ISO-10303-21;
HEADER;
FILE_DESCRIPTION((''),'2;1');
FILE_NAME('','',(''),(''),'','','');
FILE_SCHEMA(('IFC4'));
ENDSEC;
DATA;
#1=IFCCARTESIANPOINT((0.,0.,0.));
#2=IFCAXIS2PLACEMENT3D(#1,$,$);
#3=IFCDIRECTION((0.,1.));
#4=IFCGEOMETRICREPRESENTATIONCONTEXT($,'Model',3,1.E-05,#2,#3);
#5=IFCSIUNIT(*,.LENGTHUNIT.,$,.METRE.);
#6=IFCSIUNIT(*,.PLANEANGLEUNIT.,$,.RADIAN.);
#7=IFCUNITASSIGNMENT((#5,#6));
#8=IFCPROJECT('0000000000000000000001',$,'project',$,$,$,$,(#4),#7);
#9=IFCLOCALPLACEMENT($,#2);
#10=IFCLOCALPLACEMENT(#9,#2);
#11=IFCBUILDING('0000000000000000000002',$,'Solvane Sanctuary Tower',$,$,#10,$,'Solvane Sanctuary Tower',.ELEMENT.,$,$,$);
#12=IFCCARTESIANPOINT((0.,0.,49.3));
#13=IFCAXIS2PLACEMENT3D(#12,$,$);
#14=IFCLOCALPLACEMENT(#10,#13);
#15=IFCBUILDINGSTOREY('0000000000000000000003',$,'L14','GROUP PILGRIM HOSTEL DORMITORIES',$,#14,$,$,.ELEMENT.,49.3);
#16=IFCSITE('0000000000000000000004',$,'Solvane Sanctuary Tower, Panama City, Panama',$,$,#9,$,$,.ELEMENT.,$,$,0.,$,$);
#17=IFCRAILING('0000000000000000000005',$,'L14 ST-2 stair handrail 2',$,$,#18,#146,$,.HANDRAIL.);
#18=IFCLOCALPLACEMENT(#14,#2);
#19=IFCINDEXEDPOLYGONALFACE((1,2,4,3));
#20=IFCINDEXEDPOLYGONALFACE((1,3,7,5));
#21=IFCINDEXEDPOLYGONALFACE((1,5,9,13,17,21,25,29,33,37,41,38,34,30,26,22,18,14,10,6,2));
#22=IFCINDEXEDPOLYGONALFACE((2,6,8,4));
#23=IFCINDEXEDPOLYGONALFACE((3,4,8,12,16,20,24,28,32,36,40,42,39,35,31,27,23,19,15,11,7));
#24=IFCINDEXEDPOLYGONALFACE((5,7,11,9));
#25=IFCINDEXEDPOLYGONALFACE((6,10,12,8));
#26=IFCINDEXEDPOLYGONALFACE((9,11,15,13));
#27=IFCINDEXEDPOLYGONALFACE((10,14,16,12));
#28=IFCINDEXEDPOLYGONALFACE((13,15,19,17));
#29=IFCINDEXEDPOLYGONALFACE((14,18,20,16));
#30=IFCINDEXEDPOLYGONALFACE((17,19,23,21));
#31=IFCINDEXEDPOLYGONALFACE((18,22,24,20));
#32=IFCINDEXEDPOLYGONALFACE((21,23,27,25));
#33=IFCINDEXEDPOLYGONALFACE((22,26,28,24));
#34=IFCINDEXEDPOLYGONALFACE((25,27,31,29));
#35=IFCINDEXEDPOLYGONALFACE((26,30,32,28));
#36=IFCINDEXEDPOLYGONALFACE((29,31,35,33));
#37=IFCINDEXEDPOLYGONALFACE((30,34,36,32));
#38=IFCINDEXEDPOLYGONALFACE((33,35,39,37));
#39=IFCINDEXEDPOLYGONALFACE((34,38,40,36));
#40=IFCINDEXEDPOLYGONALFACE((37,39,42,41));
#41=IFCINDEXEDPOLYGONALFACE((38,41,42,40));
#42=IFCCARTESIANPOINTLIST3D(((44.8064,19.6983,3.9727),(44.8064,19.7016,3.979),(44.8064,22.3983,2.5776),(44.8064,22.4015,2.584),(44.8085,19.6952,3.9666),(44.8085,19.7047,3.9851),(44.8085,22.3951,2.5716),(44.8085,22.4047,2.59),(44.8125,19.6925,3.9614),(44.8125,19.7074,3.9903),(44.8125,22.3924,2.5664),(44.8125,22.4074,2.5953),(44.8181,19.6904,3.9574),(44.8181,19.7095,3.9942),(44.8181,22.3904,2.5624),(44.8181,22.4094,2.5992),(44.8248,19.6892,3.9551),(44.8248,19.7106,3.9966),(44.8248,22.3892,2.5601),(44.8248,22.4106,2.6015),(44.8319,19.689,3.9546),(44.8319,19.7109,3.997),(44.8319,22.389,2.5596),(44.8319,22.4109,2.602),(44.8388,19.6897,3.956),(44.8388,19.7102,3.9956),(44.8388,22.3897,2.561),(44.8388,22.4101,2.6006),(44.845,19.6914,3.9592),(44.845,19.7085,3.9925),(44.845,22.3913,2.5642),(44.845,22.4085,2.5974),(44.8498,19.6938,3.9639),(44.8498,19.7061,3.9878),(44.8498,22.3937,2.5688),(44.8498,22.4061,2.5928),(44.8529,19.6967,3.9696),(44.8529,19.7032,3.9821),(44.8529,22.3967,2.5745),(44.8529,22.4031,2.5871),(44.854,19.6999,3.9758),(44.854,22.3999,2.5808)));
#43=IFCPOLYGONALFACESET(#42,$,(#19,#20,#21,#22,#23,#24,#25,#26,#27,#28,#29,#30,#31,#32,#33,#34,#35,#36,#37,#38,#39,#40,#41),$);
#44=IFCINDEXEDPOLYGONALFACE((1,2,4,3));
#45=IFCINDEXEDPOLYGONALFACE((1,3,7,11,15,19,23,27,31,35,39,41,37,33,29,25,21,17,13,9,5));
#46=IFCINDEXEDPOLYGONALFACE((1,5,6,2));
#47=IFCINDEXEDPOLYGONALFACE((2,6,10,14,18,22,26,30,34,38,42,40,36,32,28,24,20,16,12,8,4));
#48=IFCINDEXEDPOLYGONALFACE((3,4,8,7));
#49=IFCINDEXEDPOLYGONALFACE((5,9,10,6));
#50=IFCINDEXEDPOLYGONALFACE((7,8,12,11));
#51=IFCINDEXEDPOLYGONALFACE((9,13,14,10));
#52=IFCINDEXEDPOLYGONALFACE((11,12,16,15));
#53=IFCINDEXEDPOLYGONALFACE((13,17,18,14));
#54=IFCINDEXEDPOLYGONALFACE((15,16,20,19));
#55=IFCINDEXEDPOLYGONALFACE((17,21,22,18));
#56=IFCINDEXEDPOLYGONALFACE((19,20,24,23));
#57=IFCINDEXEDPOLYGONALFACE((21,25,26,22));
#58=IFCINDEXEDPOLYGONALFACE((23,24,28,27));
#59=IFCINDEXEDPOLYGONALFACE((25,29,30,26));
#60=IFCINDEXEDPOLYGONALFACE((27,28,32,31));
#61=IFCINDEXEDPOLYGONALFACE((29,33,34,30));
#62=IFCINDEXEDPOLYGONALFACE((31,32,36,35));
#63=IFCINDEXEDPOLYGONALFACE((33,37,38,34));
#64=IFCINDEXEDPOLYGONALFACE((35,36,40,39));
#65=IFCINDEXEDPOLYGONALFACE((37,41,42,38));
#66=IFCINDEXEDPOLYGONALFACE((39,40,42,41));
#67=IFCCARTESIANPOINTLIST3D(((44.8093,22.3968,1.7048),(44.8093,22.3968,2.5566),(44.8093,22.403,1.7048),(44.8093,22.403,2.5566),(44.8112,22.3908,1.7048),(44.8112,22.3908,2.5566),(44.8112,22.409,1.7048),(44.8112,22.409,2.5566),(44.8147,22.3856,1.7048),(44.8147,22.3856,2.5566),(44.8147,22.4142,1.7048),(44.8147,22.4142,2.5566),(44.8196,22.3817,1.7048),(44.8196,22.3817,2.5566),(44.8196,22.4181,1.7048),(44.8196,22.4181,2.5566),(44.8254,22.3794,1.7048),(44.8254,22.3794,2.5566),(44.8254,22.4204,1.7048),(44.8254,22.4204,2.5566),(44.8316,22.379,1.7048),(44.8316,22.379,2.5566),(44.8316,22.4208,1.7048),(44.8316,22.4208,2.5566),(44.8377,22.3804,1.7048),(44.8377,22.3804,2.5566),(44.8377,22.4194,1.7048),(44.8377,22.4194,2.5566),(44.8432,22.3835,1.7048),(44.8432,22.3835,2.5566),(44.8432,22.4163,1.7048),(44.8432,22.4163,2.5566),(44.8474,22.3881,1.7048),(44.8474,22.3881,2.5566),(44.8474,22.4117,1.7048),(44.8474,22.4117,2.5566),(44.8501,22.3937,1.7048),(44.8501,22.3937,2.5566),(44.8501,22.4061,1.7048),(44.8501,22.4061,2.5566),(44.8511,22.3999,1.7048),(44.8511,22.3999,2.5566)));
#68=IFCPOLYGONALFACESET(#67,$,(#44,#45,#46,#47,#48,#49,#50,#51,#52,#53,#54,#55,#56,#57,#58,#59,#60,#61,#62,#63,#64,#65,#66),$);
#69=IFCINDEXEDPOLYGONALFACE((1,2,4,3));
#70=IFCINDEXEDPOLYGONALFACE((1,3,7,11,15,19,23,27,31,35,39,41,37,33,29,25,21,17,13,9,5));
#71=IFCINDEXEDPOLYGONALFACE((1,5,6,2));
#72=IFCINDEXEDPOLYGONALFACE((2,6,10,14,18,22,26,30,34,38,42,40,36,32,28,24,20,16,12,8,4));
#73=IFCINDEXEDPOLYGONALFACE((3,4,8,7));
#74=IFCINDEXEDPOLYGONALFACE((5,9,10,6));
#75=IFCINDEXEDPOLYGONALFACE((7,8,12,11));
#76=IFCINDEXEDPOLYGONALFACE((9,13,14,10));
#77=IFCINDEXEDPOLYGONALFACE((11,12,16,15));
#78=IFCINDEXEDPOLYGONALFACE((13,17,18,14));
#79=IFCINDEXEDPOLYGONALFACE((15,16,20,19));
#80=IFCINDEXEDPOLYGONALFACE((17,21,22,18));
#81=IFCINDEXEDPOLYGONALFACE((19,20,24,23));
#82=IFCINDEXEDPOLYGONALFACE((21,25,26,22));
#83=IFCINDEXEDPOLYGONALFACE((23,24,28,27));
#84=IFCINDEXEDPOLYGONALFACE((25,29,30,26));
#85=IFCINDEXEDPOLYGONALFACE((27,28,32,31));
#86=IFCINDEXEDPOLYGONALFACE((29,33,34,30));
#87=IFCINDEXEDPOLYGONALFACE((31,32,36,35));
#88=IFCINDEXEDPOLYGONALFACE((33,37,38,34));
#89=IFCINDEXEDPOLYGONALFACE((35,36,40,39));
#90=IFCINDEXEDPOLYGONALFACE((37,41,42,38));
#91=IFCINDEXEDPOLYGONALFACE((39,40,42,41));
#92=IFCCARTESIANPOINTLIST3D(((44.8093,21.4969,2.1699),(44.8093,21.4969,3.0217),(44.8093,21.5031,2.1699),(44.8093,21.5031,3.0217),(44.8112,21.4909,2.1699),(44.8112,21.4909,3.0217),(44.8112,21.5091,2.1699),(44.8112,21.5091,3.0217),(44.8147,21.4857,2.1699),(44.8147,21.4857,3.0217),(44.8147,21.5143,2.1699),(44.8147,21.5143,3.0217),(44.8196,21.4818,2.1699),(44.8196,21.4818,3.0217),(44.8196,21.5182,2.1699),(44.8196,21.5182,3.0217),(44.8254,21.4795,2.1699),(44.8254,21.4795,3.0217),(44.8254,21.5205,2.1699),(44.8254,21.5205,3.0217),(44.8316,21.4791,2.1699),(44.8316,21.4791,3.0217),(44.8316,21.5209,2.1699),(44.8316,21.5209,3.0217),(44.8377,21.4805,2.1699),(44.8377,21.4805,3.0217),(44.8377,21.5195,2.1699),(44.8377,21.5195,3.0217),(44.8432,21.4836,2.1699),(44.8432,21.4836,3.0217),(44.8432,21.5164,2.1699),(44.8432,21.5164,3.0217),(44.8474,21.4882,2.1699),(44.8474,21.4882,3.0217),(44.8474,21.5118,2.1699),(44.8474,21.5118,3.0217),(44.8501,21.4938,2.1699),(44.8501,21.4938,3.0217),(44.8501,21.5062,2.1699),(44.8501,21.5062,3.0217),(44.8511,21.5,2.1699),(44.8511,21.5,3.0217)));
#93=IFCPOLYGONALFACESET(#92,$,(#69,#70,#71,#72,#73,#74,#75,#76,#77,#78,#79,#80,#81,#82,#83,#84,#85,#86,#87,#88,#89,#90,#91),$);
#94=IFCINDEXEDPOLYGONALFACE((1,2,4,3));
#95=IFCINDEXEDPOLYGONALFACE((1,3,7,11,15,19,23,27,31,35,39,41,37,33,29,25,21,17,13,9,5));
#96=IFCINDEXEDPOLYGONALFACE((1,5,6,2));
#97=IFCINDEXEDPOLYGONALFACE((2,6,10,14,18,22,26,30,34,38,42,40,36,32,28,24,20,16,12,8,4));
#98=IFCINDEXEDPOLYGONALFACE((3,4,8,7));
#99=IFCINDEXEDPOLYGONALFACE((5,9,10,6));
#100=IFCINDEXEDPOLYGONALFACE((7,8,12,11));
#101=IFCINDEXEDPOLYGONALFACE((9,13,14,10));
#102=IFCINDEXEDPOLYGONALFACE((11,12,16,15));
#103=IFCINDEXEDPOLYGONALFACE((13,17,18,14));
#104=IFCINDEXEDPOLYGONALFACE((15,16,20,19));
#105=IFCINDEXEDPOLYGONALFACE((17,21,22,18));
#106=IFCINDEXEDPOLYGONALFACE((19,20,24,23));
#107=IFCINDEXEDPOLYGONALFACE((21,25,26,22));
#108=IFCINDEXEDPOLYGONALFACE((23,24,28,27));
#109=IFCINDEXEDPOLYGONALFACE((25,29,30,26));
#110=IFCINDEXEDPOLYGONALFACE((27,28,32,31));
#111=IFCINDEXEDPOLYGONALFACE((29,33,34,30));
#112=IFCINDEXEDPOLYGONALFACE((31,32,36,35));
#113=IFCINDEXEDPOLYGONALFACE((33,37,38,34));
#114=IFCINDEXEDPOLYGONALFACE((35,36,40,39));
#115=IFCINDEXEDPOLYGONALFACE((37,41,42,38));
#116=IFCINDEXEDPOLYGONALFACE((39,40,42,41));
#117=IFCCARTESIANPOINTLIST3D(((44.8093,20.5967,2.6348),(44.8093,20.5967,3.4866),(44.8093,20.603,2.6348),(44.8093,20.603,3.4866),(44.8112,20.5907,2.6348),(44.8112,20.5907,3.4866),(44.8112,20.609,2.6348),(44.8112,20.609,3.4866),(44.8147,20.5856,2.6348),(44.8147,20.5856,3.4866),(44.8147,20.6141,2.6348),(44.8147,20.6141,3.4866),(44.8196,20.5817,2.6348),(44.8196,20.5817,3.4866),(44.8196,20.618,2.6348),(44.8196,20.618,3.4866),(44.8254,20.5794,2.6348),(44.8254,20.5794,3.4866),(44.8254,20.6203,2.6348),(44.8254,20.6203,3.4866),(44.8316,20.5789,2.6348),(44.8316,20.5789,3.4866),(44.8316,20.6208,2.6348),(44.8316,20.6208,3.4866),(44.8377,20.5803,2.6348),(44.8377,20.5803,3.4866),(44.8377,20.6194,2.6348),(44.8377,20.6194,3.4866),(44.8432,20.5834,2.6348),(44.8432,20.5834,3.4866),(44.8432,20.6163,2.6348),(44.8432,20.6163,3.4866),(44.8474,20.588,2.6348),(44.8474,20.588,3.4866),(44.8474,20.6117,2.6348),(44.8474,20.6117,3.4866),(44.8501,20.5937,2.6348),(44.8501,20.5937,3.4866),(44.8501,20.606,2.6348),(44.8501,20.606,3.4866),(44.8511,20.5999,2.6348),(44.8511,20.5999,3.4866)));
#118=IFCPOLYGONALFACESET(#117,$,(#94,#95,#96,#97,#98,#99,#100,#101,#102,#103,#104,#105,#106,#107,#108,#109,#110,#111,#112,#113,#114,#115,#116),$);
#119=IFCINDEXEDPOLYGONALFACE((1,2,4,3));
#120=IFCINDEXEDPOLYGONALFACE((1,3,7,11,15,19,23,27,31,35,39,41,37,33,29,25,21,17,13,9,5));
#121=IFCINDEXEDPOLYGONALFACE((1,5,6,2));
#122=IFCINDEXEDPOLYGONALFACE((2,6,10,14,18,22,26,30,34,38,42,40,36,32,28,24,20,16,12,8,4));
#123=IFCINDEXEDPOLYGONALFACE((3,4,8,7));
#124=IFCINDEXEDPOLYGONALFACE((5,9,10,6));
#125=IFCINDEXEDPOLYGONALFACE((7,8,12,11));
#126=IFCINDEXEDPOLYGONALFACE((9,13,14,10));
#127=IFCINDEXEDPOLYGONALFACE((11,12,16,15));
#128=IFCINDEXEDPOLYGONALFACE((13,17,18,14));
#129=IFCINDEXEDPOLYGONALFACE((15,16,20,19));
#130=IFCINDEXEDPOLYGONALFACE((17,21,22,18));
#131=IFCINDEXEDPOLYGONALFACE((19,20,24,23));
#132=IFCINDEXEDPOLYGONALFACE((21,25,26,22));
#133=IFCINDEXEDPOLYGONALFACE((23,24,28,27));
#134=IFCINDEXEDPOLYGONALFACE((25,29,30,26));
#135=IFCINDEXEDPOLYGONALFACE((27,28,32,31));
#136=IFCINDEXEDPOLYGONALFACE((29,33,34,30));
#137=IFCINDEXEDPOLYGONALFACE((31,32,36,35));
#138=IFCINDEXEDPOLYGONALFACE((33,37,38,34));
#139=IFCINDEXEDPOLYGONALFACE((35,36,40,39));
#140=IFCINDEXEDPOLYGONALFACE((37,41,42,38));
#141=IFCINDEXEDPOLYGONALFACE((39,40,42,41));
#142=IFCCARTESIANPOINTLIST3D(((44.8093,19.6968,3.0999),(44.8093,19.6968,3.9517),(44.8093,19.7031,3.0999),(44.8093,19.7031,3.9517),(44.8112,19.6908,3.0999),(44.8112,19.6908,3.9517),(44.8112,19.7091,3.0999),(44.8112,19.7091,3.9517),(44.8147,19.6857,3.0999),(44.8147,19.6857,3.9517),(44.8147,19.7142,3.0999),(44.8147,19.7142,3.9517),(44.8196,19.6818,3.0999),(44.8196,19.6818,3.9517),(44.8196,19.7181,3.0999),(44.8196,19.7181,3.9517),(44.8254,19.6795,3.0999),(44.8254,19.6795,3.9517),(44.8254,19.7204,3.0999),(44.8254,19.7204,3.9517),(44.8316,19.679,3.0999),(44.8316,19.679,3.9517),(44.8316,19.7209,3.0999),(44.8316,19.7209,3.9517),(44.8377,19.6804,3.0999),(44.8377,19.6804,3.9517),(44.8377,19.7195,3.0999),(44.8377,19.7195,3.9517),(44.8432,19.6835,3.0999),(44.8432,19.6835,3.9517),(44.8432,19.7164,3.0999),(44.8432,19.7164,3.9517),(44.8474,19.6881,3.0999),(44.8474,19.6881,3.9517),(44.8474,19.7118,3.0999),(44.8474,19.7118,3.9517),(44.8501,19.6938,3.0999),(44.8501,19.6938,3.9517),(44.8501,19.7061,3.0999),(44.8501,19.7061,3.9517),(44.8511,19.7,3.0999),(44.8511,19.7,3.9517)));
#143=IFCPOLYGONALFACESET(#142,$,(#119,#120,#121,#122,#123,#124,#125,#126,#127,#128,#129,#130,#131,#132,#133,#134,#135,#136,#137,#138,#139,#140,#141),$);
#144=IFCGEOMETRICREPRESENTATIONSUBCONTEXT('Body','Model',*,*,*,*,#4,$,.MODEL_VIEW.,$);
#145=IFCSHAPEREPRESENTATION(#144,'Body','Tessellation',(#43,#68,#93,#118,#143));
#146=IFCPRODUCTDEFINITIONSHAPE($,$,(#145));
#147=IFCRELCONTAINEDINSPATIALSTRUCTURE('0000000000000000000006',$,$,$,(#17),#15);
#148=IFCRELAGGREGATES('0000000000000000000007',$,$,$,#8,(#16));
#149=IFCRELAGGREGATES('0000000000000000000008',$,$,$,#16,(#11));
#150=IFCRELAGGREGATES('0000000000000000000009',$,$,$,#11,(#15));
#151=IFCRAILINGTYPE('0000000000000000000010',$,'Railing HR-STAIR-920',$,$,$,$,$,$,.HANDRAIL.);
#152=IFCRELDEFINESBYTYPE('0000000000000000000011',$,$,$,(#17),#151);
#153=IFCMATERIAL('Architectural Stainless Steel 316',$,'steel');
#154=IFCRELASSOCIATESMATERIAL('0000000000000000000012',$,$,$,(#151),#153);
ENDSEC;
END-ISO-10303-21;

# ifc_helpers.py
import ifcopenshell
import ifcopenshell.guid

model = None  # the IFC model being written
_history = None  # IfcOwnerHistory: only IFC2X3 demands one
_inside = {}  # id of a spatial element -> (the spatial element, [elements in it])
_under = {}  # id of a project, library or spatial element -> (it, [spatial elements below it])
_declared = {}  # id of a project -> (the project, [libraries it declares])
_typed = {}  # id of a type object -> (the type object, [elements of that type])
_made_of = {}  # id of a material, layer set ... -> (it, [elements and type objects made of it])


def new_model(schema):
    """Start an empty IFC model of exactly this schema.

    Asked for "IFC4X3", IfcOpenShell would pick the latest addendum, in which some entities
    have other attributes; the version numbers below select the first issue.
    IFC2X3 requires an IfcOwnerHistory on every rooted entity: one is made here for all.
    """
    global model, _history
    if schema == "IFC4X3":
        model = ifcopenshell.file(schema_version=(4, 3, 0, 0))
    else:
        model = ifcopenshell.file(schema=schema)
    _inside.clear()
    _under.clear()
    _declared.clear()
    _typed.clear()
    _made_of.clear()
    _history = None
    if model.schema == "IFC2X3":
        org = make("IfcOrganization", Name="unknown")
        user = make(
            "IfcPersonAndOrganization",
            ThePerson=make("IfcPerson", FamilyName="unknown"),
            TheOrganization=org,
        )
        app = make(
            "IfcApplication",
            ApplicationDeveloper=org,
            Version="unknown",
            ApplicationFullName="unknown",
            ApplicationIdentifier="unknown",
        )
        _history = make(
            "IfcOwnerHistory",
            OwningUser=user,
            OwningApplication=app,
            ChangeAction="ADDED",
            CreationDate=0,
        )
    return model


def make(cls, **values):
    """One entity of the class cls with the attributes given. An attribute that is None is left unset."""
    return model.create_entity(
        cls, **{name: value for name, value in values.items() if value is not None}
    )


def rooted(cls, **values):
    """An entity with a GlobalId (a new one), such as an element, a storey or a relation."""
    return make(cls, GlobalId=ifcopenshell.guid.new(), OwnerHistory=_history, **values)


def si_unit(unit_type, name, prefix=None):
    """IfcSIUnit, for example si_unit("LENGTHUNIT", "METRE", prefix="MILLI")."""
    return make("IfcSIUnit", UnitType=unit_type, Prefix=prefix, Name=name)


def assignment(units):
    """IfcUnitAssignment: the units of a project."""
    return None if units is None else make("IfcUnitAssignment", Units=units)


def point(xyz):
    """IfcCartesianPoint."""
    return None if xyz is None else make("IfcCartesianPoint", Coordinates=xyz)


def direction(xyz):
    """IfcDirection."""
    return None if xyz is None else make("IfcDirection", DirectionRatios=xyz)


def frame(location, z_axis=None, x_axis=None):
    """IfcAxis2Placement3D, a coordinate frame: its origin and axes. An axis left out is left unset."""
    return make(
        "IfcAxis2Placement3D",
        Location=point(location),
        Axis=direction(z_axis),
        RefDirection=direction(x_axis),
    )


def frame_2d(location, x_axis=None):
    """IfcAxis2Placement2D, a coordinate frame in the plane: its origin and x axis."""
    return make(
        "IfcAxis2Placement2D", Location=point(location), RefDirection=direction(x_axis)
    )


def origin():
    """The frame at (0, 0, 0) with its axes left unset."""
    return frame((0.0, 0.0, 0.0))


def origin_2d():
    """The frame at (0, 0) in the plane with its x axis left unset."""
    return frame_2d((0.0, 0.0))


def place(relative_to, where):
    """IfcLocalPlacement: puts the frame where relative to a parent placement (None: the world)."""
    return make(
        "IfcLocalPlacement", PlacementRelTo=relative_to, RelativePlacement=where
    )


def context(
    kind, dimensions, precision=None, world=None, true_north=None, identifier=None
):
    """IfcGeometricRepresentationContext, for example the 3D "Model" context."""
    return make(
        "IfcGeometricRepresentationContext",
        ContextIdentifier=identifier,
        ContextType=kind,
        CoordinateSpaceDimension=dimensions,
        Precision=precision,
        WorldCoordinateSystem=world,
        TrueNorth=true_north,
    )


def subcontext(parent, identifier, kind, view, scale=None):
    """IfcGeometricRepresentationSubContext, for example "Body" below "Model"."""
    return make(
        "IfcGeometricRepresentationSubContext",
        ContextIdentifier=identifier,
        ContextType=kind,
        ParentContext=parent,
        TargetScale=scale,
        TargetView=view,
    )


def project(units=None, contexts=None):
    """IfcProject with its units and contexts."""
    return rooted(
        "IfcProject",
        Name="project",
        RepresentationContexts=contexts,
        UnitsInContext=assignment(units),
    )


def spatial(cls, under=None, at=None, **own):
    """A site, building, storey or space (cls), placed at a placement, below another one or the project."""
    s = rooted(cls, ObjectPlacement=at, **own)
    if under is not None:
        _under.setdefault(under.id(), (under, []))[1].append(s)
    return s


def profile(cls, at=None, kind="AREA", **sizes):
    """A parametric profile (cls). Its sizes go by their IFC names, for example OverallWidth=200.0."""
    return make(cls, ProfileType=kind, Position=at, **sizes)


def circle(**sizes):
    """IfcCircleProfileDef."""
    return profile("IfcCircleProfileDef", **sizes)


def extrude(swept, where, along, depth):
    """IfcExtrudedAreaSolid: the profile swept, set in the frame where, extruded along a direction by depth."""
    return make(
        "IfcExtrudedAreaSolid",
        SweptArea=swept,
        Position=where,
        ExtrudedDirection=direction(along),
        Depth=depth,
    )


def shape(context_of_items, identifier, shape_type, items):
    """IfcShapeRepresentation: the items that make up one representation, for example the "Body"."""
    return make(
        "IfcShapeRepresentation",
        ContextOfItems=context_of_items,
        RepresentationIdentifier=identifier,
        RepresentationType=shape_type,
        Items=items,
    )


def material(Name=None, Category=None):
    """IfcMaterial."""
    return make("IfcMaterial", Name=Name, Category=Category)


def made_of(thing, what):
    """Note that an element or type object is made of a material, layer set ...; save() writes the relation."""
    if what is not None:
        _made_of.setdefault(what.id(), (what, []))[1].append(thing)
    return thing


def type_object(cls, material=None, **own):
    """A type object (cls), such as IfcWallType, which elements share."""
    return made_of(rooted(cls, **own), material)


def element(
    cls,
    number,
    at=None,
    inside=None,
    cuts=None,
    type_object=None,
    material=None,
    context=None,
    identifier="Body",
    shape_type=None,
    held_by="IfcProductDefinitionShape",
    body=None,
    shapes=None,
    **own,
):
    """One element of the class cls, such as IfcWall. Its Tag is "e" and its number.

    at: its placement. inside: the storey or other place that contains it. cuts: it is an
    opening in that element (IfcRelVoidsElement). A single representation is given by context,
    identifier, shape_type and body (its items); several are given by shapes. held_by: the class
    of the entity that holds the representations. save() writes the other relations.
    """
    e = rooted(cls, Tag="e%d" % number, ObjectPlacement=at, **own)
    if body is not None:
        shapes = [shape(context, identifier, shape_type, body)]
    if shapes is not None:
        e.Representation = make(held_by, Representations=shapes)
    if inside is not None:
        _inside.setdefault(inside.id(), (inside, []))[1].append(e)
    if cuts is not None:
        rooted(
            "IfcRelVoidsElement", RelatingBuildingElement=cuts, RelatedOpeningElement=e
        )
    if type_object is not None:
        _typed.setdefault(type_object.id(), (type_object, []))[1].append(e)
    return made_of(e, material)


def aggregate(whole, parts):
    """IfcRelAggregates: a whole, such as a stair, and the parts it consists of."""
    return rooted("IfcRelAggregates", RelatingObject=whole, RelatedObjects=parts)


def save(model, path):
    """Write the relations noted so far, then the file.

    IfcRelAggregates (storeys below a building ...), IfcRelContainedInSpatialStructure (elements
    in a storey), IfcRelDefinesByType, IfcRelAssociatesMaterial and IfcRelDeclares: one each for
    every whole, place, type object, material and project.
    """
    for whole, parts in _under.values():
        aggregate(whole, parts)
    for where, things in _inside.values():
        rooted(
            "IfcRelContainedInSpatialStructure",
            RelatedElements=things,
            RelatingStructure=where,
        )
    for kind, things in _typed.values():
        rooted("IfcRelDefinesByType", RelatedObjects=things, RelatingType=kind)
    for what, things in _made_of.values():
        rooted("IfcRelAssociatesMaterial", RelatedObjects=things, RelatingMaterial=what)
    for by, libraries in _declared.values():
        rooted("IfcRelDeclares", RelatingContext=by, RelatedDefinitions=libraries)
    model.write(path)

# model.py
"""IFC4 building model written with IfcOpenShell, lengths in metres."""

from ifc_helpers import new_model, si_unit, direction, frame, origin, origin_2d, place, context, subcontext, project, spatial, circle, extrude, material, type_object, element, save


model = new_model("IFC4")

# Units and contexts
model_context = context("Model", 3, precision=1e-05, world=origin(), true_north=direction((0.0, 1.0)))
body_context = subcontext(model_context, "Body", "Model", "MODEL_VIEW")
ifc_project = project(units=[si_unit("LENGTHUNIT", "METRE"), si_unit("PLANEANGLEUNIT", "RADIAN")], contexts=[model_context])

# Site, building, storey
site_placement = place(None, origin())
site = spatial("IfcSite", under=ifc_project, at=site_placement, Name="Solvane Sanctuary Tower, Panama City, Panama", CompositionType="ELEMENT", RefElevation=0.0)
building_placement = place(site_placement, origin())
building = spatial("IfcBuilding", under=site, at=building_placement, Name="Solvane Sanctuary Tower", LongName="Solvane Sanctuary Tower", CompositionType="ELEMENT")
storey_placement = place(building_placement, frame((0.0, 0.0, 49.3)))
storey = spatial("IfcBuildingStorey", under=building, at=storey_placement, Name="L14", Description="GROUP PILGRIM HOSTEL DORMITORIES", CompositionType="ELEMENT", Elevation=49.3)

# Shared definitions
ifc_material_1 = material(Name="Architectural Stainless Steel 316", Category="steel")

# Railing
railing_type_1 = type_object("IfcRailingType", Name="Railing HR-STAIR-920", PredefinedType="HANDRAIL", material=ifc_material_1)
railing_1_placement = place(storey_placement, frame((44.8301, 22.3999, 1.7048)))
element("IfcRailing", 1, at=railing_1_placement, inside=storey, type_object=railing_type_1, Name="L14 ST-2 stair handrail 2", PredefinedType="HANDRAIL", context=body_context, shape_type="SweptSolid", body=[
    extrude(circle(Radius=0.0239, at=origin_2d()), frame((0.0, 0.0, 0.876), z_axis=(0.0, -0.88842, 0.459032), x_axis=(1.0, 0.0, 0.0)), (0.0, 0.0, 1.0), 3.0391),
    extrude(circle(Radius=0.021, at=origin_2d()), origin(), (0.0, 0.0, 1.0), 0.8518),
    extrude(circle(Radius=0.021, at=origin_2d()), frame((0.0, -0.8999, 0.4651)), (0.0, 0.0, 1.0), 0.8518),
    extrude(circle(Radius=0.021, at=origin_2d()), frame((0.0, -1.8, 0.9299)), (0.0, 0.0, 1.0), 0.8518),
    extrude(circle(Radius=0.021, at=origin_2d()), frame((0.0, -2.7, 1.395)), (0.0, 0.0, 1.0), 0.8518),
])

save(model, "model.ifc")
